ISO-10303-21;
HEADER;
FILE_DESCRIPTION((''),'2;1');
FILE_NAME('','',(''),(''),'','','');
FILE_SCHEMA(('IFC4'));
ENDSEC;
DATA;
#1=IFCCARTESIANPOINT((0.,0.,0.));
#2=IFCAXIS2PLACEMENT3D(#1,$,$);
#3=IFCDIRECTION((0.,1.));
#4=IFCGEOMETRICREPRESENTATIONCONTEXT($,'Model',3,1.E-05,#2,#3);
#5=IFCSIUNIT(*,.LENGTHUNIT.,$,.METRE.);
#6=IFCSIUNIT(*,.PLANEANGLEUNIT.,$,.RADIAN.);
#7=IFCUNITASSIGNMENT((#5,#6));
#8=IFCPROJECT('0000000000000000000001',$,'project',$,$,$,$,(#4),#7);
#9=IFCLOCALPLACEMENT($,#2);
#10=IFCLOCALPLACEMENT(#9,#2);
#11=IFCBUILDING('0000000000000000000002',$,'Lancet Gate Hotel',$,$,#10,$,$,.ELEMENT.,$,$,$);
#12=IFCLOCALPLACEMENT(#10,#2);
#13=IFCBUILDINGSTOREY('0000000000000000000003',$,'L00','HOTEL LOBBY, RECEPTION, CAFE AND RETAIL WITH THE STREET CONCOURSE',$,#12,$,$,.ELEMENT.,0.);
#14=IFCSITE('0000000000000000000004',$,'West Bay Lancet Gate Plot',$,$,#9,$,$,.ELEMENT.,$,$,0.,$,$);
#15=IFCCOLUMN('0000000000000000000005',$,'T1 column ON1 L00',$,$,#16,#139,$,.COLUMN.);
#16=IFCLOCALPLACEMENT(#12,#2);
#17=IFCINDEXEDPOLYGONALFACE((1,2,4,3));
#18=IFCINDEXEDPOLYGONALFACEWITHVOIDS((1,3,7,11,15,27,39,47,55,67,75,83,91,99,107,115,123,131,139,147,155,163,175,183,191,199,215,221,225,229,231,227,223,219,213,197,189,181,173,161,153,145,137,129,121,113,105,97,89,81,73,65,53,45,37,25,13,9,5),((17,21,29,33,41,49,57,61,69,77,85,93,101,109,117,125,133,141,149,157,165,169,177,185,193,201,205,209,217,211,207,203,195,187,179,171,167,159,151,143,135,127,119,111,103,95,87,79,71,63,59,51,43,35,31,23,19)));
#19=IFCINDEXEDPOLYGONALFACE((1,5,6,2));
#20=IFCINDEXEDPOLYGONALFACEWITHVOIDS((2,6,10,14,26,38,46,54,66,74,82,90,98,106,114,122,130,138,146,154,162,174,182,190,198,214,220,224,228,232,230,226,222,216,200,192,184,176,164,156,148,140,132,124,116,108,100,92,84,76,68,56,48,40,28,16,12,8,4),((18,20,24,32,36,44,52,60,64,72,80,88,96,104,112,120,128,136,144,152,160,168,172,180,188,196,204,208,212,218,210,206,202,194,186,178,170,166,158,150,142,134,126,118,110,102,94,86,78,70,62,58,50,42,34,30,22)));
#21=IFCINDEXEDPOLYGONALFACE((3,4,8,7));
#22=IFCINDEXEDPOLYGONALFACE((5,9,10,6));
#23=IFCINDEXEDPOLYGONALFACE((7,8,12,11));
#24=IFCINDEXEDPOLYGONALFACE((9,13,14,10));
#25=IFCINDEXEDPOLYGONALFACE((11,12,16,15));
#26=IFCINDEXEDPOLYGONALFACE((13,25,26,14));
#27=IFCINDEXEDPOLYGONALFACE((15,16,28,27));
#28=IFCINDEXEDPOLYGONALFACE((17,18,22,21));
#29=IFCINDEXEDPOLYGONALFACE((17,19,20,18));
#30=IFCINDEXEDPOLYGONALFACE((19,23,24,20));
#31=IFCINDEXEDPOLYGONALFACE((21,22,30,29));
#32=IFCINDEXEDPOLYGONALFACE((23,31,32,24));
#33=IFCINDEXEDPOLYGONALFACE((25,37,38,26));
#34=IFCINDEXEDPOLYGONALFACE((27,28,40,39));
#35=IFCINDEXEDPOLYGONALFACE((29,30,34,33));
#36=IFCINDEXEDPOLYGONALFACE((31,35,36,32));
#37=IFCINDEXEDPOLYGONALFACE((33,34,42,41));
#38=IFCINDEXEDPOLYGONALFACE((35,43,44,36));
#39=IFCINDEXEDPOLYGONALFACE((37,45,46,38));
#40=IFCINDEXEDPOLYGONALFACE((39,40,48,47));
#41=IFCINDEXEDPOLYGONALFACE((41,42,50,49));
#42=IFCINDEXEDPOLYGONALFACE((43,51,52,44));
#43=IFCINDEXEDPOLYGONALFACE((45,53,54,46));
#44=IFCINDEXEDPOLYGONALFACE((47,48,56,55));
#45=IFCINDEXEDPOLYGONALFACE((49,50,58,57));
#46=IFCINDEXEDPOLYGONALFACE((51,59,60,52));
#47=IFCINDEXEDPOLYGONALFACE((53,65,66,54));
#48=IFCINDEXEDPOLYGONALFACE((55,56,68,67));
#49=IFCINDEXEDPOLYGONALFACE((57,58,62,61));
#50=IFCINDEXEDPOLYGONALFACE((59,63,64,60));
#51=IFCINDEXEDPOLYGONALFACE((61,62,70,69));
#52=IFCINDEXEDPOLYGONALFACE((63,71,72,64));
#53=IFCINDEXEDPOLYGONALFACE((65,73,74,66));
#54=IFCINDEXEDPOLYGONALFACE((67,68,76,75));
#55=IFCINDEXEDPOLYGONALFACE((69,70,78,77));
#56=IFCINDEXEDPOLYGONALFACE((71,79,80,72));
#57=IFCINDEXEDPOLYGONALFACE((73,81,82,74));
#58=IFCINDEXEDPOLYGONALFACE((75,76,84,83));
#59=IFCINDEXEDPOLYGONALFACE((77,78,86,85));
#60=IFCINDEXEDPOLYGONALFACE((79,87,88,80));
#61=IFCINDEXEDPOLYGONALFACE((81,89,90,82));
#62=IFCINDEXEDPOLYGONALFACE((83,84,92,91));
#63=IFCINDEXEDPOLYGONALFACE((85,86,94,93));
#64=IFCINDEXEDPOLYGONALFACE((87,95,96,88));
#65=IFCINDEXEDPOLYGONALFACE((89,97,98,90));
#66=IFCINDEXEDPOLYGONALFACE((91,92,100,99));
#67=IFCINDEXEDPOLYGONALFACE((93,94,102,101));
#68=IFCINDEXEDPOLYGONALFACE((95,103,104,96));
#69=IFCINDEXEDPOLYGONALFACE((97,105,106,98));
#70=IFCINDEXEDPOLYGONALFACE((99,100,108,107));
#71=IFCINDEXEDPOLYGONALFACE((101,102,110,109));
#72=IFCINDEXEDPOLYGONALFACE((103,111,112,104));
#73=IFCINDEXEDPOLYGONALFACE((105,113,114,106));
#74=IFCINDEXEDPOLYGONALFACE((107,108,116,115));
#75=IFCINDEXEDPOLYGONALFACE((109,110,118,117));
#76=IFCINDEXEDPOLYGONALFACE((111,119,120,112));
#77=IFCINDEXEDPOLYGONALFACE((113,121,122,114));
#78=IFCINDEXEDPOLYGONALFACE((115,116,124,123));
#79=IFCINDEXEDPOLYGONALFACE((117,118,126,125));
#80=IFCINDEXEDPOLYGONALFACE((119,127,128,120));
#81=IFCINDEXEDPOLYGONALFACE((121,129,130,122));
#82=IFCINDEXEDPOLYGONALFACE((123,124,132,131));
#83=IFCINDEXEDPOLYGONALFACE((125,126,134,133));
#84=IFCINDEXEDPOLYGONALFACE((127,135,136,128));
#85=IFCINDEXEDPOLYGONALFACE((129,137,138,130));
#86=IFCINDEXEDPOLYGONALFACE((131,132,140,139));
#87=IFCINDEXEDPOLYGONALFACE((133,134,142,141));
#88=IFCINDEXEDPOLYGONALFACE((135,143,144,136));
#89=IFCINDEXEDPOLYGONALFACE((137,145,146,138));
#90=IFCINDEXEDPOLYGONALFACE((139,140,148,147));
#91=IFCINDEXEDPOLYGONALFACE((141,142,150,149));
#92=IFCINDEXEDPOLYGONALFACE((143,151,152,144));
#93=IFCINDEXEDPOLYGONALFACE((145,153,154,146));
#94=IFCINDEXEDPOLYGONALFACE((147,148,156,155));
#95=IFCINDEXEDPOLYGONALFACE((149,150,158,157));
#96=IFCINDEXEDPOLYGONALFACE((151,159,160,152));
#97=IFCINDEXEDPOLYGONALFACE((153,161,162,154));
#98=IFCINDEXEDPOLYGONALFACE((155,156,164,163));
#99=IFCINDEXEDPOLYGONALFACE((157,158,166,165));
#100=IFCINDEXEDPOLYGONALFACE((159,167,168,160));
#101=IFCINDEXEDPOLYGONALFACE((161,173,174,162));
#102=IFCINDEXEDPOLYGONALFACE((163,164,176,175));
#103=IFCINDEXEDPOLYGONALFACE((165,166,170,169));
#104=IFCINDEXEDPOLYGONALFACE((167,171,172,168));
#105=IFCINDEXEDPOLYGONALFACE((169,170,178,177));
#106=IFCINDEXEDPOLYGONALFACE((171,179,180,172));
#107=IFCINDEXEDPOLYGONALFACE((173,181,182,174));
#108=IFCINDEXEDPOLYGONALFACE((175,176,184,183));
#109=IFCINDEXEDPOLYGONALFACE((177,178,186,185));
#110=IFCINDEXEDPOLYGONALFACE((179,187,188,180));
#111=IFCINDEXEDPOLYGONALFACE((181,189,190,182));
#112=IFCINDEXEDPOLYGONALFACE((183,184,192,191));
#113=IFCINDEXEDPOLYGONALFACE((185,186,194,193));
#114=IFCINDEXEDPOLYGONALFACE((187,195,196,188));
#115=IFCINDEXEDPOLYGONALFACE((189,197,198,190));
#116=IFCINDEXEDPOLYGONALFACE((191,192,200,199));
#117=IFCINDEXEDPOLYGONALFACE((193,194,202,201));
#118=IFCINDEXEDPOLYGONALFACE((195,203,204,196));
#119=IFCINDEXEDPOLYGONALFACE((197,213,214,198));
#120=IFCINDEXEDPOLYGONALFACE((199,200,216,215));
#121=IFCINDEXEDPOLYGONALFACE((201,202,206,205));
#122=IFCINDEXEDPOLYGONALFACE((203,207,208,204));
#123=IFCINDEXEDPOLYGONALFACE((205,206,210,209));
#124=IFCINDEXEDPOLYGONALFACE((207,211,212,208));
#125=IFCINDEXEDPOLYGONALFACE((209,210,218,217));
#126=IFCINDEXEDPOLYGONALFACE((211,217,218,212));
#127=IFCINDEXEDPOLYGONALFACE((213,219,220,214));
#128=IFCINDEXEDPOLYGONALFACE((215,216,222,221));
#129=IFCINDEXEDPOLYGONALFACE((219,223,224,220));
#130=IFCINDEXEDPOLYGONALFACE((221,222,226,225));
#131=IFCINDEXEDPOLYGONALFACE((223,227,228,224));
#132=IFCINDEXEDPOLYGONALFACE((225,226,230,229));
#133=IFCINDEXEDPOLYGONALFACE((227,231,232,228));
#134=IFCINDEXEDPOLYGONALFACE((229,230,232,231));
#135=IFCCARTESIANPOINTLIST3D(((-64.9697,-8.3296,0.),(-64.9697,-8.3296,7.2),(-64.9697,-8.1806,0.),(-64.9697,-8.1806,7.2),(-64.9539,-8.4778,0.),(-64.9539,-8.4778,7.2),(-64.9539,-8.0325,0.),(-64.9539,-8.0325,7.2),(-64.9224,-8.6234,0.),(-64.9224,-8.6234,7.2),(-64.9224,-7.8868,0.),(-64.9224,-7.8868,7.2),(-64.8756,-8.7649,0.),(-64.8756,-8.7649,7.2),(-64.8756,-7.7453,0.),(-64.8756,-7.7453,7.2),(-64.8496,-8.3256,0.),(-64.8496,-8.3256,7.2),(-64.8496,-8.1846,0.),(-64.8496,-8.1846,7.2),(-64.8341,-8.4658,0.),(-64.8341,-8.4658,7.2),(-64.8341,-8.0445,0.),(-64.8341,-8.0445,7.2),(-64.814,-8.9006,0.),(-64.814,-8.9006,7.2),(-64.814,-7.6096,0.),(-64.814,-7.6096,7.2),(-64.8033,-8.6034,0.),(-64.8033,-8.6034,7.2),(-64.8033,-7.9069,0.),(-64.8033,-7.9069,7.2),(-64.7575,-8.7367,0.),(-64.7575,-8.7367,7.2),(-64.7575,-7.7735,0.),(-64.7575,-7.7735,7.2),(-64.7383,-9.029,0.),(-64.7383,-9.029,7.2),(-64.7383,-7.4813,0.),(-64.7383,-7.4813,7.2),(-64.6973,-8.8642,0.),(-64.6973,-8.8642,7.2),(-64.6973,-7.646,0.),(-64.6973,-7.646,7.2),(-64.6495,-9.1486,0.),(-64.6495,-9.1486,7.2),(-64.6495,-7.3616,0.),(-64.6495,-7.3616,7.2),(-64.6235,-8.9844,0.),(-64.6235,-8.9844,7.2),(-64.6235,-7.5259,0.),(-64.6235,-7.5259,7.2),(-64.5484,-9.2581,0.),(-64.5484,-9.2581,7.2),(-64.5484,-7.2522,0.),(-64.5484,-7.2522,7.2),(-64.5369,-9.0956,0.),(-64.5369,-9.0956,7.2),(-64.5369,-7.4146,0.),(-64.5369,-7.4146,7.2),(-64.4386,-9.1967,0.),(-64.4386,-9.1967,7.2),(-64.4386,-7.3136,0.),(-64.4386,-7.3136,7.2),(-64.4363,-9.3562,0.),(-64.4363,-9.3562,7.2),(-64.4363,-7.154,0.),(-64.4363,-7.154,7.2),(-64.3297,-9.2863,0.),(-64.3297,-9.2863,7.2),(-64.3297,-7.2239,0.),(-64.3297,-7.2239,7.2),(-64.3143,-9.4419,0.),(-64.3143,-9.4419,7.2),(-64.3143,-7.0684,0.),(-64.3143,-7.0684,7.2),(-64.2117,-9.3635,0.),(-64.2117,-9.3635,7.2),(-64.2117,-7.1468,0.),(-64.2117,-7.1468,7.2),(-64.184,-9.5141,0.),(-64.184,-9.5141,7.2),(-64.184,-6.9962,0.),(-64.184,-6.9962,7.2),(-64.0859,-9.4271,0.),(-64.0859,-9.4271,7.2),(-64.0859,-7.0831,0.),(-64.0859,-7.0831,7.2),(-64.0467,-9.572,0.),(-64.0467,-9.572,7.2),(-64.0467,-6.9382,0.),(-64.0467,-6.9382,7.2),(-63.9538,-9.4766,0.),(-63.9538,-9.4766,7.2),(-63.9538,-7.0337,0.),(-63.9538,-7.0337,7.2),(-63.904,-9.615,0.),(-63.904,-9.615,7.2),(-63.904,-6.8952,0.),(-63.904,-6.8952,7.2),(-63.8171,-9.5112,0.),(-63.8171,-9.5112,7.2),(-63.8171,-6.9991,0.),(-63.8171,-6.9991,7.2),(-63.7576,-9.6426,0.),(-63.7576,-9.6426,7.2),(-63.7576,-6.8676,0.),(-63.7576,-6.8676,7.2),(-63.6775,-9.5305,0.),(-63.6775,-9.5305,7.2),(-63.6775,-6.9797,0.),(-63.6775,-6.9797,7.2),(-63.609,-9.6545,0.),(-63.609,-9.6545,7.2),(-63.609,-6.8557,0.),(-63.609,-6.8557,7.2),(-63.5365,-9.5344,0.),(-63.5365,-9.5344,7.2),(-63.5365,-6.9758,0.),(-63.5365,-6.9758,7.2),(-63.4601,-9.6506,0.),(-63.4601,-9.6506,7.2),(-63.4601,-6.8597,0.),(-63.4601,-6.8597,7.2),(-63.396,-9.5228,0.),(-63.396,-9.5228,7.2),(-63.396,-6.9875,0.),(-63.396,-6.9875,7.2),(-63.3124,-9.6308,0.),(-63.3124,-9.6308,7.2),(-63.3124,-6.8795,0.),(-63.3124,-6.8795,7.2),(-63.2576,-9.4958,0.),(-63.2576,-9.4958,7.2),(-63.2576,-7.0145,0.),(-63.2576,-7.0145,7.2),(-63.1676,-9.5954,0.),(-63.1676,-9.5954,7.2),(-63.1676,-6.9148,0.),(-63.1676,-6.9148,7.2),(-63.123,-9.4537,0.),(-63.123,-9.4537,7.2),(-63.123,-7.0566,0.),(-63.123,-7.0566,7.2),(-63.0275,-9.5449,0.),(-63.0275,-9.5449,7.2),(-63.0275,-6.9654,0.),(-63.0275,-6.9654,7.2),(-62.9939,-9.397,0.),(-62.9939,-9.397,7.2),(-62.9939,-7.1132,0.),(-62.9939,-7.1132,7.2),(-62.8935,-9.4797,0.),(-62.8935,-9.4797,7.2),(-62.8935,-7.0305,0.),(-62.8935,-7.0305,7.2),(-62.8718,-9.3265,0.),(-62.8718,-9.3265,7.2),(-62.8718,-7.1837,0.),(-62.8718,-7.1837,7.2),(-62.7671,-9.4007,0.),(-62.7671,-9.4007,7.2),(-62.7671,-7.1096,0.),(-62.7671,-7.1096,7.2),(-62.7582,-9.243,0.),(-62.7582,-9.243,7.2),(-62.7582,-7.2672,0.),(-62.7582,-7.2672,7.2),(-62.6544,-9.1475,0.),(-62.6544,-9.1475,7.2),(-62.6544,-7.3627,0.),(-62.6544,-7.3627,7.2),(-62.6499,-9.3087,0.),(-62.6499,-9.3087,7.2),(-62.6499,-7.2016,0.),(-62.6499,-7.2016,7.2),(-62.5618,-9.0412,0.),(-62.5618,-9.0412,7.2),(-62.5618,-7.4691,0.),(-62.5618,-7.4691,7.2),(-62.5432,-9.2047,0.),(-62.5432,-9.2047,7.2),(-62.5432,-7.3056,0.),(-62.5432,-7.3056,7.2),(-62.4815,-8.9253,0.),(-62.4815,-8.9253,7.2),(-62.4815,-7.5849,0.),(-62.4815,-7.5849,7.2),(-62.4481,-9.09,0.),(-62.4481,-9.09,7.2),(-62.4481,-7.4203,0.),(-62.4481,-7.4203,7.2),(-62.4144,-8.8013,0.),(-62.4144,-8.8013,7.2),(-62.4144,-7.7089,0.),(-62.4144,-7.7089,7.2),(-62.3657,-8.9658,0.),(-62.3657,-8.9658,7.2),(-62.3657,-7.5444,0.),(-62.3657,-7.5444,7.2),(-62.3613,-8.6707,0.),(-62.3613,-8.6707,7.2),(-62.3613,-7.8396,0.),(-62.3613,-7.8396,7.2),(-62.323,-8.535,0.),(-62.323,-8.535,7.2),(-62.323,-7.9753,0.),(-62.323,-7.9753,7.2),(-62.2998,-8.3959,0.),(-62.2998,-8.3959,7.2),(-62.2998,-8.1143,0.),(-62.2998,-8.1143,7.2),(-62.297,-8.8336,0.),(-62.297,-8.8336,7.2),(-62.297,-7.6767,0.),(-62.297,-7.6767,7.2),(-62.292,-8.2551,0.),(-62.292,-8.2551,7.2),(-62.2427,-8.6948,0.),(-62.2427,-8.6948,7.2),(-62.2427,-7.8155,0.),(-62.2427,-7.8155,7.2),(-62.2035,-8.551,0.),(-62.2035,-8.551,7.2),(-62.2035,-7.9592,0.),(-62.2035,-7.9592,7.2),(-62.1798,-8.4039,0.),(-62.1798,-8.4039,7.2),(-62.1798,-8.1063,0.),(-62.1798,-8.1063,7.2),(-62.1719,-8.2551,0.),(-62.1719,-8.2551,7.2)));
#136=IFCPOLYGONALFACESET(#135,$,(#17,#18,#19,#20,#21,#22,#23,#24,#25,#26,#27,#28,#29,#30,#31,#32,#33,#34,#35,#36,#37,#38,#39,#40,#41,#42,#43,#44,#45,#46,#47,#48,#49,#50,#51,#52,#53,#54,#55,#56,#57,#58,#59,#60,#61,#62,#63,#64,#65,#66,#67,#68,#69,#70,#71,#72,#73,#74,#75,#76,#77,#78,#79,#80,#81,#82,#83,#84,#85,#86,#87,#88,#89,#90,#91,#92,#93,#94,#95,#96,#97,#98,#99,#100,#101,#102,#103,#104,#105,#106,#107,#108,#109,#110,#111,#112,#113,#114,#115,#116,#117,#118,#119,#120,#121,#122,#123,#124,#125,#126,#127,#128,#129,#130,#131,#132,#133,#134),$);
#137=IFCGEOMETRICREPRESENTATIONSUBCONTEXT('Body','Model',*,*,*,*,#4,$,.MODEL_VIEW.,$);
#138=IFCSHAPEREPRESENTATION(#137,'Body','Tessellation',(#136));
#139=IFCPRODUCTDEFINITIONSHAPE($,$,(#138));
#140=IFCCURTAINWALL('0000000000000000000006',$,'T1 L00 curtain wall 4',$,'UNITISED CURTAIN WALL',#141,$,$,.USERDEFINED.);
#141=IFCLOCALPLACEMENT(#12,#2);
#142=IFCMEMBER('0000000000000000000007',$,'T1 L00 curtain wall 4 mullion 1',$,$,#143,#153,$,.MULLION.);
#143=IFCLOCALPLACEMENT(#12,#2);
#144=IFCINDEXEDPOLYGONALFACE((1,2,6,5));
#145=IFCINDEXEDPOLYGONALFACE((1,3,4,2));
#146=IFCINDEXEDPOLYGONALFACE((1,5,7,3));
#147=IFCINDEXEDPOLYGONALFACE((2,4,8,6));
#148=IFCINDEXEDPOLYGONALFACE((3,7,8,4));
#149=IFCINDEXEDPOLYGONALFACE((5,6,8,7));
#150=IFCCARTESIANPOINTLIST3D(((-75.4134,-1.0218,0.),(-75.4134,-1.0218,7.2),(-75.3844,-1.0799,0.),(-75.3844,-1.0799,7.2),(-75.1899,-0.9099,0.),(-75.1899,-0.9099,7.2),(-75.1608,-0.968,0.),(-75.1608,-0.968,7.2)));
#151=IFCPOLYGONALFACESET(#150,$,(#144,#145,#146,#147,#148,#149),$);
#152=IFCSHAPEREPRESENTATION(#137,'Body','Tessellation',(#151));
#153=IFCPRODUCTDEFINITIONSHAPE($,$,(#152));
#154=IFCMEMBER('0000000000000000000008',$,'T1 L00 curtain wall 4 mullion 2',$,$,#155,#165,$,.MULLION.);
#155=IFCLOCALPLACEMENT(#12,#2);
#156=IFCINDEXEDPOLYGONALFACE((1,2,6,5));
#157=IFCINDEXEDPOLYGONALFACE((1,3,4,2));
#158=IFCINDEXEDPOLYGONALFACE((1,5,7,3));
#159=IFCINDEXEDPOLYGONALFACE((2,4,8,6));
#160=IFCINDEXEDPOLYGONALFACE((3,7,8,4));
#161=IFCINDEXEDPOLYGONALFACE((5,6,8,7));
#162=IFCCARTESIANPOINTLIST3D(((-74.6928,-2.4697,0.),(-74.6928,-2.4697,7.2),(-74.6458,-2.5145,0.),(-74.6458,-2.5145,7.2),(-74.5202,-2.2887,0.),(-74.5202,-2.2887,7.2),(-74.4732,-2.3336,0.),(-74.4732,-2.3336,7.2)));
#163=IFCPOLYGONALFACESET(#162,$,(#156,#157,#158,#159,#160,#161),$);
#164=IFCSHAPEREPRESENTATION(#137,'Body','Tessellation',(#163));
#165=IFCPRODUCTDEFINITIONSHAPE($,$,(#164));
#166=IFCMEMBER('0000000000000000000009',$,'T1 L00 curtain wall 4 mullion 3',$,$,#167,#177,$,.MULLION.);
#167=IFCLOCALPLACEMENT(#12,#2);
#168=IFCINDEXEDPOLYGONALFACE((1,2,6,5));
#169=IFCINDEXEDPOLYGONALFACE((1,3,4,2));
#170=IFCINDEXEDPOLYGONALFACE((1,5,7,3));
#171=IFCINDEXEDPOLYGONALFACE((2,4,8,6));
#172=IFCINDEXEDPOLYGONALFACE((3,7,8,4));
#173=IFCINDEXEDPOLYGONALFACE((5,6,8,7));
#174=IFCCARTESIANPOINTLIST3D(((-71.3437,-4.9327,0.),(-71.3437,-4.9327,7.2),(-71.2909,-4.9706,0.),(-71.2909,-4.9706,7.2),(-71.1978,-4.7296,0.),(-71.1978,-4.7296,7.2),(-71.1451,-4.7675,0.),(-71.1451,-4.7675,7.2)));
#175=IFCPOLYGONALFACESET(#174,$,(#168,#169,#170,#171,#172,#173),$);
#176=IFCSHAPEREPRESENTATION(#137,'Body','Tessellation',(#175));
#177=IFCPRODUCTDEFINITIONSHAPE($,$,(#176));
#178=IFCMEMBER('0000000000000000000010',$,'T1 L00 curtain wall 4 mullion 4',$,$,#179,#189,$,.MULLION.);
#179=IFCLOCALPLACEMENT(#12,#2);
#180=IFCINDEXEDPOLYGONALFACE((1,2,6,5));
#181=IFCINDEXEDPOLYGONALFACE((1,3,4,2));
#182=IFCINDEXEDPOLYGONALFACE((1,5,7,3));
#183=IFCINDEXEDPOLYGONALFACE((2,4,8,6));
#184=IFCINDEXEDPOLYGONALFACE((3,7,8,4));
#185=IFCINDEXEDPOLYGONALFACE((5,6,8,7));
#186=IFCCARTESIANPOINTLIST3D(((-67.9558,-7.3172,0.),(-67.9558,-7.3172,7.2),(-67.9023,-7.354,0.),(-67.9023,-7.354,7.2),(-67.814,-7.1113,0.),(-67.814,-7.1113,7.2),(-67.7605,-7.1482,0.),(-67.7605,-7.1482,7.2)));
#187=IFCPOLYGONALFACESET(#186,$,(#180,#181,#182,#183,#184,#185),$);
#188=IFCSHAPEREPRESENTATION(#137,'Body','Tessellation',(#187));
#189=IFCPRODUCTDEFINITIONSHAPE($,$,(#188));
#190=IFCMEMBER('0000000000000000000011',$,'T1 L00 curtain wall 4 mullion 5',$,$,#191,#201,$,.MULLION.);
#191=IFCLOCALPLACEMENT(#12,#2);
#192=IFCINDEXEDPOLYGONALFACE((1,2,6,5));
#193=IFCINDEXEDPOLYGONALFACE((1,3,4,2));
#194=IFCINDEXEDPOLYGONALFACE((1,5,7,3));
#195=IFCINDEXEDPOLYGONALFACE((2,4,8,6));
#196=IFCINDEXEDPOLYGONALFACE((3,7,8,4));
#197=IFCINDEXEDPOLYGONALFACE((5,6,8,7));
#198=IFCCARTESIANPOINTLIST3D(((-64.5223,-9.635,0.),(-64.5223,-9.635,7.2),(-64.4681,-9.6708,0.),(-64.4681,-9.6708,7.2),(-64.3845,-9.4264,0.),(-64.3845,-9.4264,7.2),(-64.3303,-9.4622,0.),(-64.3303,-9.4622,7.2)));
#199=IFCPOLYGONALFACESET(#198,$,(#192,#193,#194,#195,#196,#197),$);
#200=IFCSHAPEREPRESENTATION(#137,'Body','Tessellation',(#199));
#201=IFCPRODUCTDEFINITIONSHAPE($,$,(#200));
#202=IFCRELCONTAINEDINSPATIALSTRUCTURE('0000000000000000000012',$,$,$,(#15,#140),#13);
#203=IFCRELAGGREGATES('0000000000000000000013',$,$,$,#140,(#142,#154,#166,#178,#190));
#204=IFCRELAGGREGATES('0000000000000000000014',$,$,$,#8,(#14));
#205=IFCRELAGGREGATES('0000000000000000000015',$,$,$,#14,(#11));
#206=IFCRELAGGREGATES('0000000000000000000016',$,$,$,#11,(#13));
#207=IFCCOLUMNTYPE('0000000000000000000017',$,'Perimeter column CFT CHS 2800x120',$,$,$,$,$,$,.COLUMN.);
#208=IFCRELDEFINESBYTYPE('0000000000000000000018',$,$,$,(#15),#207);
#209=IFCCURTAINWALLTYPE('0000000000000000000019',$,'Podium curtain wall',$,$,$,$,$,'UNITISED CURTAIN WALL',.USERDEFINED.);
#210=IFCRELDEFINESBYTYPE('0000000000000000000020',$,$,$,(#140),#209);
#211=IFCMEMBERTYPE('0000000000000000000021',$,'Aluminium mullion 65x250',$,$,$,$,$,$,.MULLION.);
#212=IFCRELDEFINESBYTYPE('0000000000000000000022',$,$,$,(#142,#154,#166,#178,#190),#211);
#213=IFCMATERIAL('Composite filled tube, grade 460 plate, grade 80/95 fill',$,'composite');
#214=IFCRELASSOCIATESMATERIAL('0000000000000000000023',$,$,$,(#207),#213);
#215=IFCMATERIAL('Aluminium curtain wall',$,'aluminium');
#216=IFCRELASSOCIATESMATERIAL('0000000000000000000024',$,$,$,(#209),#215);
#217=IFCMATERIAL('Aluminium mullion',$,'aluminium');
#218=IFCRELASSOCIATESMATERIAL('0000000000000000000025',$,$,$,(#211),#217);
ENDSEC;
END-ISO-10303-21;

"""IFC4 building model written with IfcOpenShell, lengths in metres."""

from ifc_helpers import new_model, si_unit, direction, frame, origin, origin_2d, place, context, subcontext, project, spatial, rectangle, hollow_circle, extrude, material, material_profile, profile_set, type_object, element, aggregate, save


model = new_model("IFC4")

# Units and contexts
model_context = context("Model", 3, precision=1e-05, world=origin(), true_north=direction((0.0, 1.0)))
body_context = subcontext(model_context, "Body", "Model", "MODEL_VIEW")
ifc_project = project(units=[si_unit("LENGTHUNIT", "METRE"), si_unit("PLANEANGLEUNIT", "RADIAN")], contexts=[model_context])

# Site, building, storey
site_placement = place(None, origin())
site = spatial("IfcSite", under=ifc_project, at=site_placement, Name="West Bay Lancet Gate Plot", CompositionType="ELEMENT", RefElevation=0.0)
building_placement = place(site_placement, origin())
building = spatial("IfcBuilding", under=site, at=building_placement, Name="Lancet Gate Hotel", CompositionType="ELEMENT")
storey_placement = place(building_placement, origin())
storey = spatial("IfcBuildingStorey", under=building, at=storey_placement, Name="L00", Description="HOTEL LOBBY, RECEPTION, CAFE AND RETAIL WITH THE STREET CONCOURSE", CompositionType="ELEMENT", Elevation=0.0)

# Column
ifc_material_1 = material(Name="Composite filled tube, grade 460 plate, grade 80/95 fill", Category="composite")
ifc_material_profile_1 = material_profile(ifc_material_1, hollow_circle(Radius=1.3999, WallThickness=0.1201, at=origin_2d()), Name="CHS 2800x120")
ifc_profile_set_1 = profile_set([ifc_material_profile_1], Name="Composite filled tube, grade 460 plate, grade 80/95 fill")
column_type_1 = type_object("IfcColumnType", Name="Perimeter column CFT CHS 2800x120", PredefinedType="COLUMN", material=ifc_profile_set_1)
column_1_placement = place(storey_placement, frame((-63.5718, -8.2551, 0.0), z_axis=(0.0, 0.0, 1.0), x_axis=(1.0, 0.0, 0.0)))
element("IfcColumn", 1, at=column_1_placement, inside=storey, type_object=column_type_1, Name="T1 column ON1 L00", PredefinedType="COLUMN", context=body_context, shape_type="SweptSolid", body=[
    extrude(hollow_circle(Radius=1.3999, WallThickness=0.1201, at=origin_2d()), origin(), (0.0, 0.0, 1.0), 7.2),
])

# Curtain wall, members
ifc_material_2 = material(Name="Aluminium curtain wall", Category="aluminium")
curtain_wall_type = type_object("IfcCurtainWallType", Name="Podium curtain wall", ElementType="UNITISED CURTAIN WALL", PredefinedType="USERDEFINED", material=ifc_material_2)
curtain_wall_placement = place(storey_placement, origin())
curtain_wall = element("IfcCurtainWall", 2, at=curtain_wall_placement, inside=storey, type_object=curtain_wall_type, Name="T1 L00 curtain wall 4", ObjectType="UNITISED CURTAIN WALL", PredefinedType="USERDEFINED")
ifc_material_3 = material(Name="Aluminium mullion", Category="aluminium")
ifc_material_profile_2 = material_profile(ifc_material_3, rectangle(XDim=0.0649, YDim=0.25, at=origin_2d()), Name="MULLION 65x250")
ifc_profile_set_2 = profile_set([ifc_material_profile_2], Name="Aluminium mullion")
member_type_1 = type_object("IfcMemberType", Name="Aluminium mullion 65x250", PredefinedType="MULLION", material=ifc_profile_set_2)
member_1_placement = place(storey_placement, frame((-75.2871, -0.9949, 0.0), z_axis=(0.0, 0.0, 1.0), x_axis=(0.447628, -0.89422, 0.0)))
member_1 = element("IfcMember", 3, at=member_1_placement, type_object=member_type_1, Name="T1 L00 curtain wall 4 mullion 1", PredefinedType="MULLION", context=body_context, shape_type="SweptSolid", body=[
    extrude(rectangle(XDim=0.0649, YDim=0.25, at=origin_2d()), origin(), (0.0, 0.0, 1.0), 7.2),
])
member_2_placement = place(storey_placement, frame((-74.583, -2.4016, 0.0), z_axis=(0.0, 0.0, 1.0), x_axis=(0.723696, -0.690119, 0.0)))
member_2 = element("IfcMember", 4, at=member_2_placement, type_object=member_type_1, Name="T1 L00 curtain wall 4 mullion 2", PredefinedType="MULLION", context=body_context, shape_type="SweptSolid", body=[
    extrude(rectangle(XDim=0.0649, YDim=0.25, at=origin_2d()), origin(), (0.0, 0.0, 1.0), 7.2),
])
member_3_placement = place(storey_placement, frame((-71.2444, -4.8501, 0.0), z_axis=(0.0, 0.0, 1.0), x_axis=(0.812147, -0.583453, 0.0)))
member_3 = element("IfcMember", 5, at=member_3_placement, type_object=member_type_1, Name="T1 L00 curtain wall 4 mullion 3", PredefinedType="MULLION", context=body_context, shape_type="SweptSolid", body=[
    extrude(rectangle(XDim=0.0649, YDim=0.25, at=origin_2d()), origin(), (0.0, 0.0, 1.0), 7.2),
])
member_4_placement = place(storey_placement, frame((-67.8582, -7.2327, 0.0), z_axis=(0.0, 0.0, 1.0), x_axis=(0.823425, -0.567425, 0.0)))
member_4 = element("IfcMember", 6, at=member_4_placement, type_object=member_type_1, Name="T1 L00 curtain wall 4 mullion 4", PredefinedType="MULLION", context=body_context, shape_type="SweptSolid", body=[
    extrude(rectangle(XDim=0.0649, YDim=0.25, at=origin_2d()), origin(), (0.0, 0.0, 1.0), 7.2),
])
member_5_placement = place(storey_placement, frame((-64.4263, -9.5486, 0.0), z_axis=(0.0, 0.0, 1.0), x_axis=(0.834387, -0.551178, 0.0)))
member_5 = element("IfcMember", 7, at=member_5_placement, type_object=member_type_1, Name="T1 L00 curtain wall 4 mullion 5", PredefinedType="MULLION", context=body_context, shape_type="SweptSolid", body=[
    extrude(rectangle(XDim=0.0649, YDim=0.25, at=origin_2d()), origin(), (0.0, 0.0, 1.0), 7.2),
])

aggregate(curtain_wall, [member_1, member_2, member_3, member_4, member_5])

save(model, "model.ifc")
